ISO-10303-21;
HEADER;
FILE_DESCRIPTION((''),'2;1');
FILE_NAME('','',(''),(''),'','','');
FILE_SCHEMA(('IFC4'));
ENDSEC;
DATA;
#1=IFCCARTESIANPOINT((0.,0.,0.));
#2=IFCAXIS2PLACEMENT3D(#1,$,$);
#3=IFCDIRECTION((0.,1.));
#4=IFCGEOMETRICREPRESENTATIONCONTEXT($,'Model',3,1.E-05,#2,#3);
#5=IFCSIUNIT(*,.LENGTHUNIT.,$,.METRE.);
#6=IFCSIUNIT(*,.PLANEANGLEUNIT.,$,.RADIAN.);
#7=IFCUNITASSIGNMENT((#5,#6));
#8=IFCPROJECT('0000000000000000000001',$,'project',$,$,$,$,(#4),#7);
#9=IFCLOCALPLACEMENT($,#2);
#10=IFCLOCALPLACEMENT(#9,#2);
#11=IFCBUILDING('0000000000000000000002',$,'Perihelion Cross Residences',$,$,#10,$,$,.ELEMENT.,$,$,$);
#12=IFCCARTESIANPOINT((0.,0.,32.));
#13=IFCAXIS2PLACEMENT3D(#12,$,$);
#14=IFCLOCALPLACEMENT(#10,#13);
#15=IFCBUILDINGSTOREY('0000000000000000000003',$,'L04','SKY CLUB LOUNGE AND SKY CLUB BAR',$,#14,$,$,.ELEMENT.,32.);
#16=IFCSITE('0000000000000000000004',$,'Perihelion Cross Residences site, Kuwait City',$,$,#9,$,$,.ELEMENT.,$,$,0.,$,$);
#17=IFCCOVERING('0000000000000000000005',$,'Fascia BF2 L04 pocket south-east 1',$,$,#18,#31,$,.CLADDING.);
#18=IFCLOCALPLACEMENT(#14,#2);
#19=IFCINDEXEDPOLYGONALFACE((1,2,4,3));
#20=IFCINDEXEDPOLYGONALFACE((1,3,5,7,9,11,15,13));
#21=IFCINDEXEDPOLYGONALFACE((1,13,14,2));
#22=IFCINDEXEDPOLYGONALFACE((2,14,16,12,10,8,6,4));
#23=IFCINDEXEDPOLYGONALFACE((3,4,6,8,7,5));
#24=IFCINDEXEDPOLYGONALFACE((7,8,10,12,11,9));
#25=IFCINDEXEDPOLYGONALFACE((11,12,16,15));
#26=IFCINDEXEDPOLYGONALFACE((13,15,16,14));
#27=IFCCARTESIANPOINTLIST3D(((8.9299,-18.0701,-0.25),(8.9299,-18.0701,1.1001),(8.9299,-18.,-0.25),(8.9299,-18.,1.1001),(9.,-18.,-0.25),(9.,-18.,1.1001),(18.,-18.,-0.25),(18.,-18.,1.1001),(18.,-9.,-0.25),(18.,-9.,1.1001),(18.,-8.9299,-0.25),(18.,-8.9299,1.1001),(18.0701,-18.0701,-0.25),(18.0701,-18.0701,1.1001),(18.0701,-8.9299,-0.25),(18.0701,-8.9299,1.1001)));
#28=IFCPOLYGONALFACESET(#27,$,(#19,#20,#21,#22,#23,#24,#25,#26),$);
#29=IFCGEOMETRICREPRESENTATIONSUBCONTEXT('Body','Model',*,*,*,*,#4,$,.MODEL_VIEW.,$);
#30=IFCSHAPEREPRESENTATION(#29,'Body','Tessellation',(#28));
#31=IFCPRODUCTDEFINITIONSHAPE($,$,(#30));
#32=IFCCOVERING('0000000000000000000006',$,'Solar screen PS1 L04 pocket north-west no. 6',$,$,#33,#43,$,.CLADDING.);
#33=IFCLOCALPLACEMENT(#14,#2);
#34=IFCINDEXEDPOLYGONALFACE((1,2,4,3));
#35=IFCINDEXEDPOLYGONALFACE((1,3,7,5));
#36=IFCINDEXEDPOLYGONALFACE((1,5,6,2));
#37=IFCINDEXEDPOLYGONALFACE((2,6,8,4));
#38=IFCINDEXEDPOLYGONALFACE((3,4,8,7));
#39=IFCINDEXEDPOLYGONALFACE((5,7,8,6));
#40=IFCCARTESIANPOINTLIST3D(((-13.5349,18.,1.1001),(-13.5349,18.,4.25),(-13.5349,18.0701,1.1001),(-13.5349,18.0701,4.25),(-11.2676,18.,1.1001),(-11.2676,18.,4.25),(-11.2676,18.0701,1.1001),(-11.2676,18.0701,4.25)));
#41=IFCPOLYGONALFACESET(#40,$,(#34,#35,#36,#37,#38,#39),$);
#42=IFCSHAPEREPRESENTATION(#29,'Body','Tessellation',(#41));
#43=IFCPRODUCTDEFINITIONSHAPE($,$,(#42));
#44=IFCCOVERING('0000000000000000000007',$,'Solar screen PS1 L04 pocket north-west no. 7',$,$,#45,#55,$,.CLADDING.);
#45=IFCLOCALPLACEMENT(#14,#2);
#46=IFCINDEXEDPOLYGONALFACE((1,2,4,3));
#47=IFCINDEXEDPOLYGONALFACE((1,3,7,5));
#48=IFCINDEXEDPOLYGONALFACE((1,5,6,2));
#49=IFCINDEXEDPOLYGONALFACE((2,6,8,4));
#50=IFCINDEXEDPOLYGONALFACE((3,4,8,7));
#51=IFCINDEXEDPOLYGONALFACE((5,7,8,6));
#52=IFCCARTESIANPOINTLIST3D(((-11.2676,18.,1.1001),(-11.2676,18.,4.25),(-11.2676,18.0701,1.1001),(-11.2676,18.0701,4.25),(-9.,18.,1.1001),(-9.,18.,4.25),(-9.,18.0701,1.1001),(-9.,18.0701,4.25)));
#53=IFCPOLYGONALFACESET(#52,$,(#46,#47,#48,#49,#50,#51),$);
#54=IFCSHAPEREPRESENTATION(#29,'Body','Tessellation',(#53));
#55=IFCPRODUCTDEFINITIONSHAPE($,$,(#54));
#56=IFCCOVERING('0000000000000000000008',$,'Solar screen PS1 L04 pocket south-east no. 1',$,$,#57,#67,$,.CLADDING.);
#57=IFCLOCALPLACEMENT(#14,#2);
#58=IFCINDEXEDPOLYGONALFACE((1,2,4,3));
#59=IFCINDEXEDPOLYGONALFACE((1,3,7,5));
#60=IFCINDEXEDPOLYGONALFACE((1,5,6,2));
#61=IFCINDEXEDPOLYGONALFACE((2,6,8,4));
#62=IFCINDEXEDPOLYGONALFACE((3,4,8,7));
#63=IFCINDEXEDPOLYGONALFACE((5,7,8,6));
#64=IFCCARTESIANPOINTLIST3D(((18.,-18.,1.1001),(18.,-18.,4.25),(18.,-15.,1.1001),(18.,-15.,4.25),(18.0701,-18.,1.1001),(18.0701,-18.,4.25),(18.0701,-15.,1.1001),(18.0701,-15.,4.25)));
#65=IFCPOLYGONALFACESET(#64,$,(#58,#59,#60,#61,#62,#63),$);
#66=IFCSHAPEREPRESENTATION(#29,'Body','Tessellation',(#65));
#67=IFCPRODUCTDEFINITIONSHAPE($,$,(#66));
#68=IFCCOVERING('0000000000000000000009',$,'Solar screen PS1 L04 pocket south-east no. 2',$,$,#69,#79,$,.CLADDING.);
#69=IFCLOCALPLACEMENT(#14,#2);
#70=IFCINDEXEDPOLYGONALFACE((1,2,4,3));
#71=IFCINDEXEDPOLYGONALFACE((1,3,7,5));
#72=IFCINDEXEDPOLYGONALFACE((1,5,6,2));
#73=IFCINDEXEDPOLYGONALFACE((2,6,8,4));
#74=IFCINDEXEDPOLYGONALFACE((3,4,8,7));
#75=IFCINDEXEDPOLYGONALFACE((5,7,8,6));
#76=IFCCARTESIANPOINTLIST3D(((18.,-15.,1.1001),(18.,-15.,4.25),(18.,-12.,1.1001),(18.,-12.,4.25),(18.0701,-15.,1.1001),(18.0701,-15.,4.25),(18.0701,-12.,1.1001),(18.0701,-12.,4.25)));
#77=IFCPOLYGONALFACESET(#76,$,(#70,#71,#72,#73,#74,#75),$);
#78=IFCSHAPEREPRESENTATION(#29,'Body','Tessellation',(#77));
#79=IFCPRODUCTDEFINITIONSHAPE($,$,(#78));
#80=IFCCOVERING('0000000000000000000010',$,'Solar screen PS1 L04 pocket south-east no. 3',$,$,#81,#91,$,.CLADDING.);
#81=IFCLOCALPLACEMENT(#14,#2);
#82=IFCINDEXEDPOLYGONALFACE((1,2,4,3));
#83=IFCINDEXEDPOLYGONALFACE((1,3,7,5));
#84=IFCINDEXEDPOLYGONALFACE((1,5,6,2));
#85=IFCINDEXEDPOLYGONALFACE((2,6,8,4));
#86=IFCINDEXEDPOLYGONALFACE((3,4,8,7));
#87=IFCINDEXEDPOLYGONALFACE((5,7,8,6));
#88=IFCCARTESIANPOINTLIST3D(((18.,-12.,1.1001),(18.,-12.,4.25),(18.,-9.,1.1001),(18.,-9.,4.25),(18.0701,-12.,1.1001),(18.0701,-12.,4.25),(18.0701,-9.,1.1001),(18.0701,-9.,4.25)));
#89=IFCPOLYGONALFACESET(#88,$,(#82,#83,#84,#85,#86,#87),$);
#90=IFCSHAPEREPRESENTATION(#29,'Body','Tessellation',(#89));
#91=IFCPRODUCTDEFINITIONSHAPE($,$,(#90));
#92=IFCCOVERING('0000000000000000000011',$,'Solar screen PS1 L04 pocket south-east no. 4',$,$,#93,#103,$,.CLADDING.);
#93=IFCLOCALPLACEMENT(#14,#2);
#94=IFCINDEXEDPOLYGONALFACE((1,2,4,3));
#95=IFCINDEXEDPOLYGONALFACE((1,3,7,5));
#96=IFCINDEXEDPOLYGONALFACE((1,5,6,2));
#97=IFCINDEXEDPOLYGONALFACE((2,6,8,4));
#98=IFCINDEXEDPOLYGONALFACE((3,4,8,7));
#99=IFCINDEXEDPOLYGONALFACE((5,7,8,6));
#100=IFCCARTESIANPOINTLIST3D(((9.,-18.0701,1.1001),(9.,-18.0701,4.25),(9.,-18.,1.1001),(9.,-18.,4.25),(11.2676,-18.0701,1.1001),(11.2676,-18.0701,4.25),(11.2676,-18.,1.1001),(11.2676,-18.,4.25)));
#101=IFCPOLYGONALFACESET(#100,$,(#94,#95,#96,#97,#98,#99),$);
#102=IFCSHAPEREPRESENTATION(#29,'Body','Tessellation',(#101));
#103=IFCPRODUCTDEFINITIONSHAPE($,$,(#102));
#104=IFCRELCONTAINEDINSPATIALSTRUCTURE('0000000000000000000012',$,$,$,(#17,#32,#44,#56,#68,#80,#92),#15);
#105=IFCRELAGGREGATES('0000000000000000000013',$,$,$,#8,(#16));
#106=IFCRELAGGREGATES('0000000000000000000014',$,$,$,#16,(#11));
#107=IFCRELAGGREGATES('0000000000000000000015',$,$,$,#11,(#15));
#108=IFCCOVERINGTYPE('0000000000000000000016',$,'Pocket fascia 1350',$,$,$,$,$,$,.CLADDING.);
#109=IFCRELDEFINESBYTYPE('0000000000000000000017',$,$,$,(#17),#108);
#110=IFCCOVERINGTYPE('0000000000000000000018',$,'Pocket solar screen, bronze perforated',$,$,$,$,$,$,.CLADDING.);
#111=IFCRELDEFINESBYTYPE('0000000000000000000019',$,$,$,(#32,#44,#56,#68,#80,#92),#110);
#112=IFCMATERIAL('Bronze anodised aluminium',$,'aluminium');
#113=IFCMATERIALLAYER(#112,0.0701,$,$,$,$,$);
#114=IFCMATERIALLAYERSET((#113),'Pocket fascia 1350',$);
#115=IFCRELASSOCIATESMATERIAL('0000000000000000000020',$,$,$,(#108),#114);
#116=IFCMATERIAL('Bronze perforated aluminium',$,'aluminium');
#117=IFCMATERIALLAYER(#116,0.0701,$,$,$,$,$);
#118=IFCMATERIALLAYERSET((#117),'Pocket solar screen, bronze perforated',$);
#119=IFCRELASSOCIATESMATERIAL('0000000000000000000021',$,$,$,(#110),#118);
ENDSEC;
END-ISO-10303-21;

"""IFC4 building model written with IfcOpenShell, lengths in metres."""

from ifc_helpers import new_model, si_unit, direction, frame, origin, place, context, subcontext, project, spatial, polyline, outline, extrude, material, layer, layer_set, type_object, element, save


model = new_model("IFC4")

# Units and contexts
model_context = context("Model", 3, precision=1e-05, world=origin(), true_north=direction((0.0, 1.0)))
body_context = subcontext(model_context, "Body", "Model", "MODEL_VIEW")
ifc_project = project(units=[si_unit("LENGTHUNIT", "METRE"), si_unit("PLANEANGLEUNIT", "RADIAN")], contexts=[model_context])

# Site, building, storey
site_placement = place(None, origin())
site = spatial("IfcSite", under=ifc_project, at=site_placement, Name="Perihelion Cross Residences site, Kuwait City", CompositionType="ELEMENT", RefElevation=0.0)
building_placement = place(site_placement, origin())
building = spatial("IfcBuilding", under=site, at=building_placement, Name="Perihelion Cross Residences", CompositionType="ELEMENT")
storey_placement = place(building_placement, frame((0.0, 0.0, 32.0)))
storey = spatial("IfcBuildingStorey", under=building, at=storey_placement, Name="L04", Description="SKY CLUB LOUNGE AND SKY CLUB BAR", CompositionType="ELEMENT", Elevation=32.0)

# Coverings
ifc_material_1 = material(Name="Bronze anodised aluminium", Category="aluminium")
ifc_layer_1 = layer(ifc_material_1, 0.0701)
ifc_layer_set_1 = layer_set([ifc_layer_1], Name="Pocket fascia 1350")
covering_type_1 = type_object("IfcCoveringType", Name="Pocket fascia 1350", PredefinedType="CLADDING", material=ifc_layer_set_1)
covering_1_placement = place(storey_placement, frame((0.0, 0.0, -0.25)))
element("IfcCovering", 1, at=covering_1_placement, inside=storey, type_object=covering_type_1, Name="Fascia BF2 L04 pocket south-east 1", PredefinedType="CLADDING", context=body_context, shape_type="SweptSolid", body=[
    extrude(outline(polyline([(8.9299, -18.0701), (18.0701, -18.0701), (18.0701, -8.9299), (18.0, -8.9299), (18.0, -9.0), (18.0, -9.0), (18.0, -18.0), (9.0, -18.0), (9.0, -18.0), (8.9299, -18.0), (8.9299, -18.0701)])), origin(), (0.0, 0.0, 1.0), 1.3501),
])
ifc_material_2 = material(Name="Bronze perforated aluminium", Category="aluminium")
ifc_layer_2 = layer(ifc_material_2, 0.0701)
ifc_layer_set_2 = layer_set([ifc_layer_2], Name="Pocket solar screen, bronze perforated")
covering_type_2 = type_object("IfcCoveringType", Name="Pocket solar screen, bronze perforated", PredefinedType="CLADDING", material=ifc_layer_set_2)
covering_2_placement = place(storey_placement, frame((0.0, 0.0, 1.1001)))
element("IfcCovering", 2, at=covering_2_placement, inside=storey, type_object=covering_type_2, Name="Solar screen PS1 L04 pocket north-west no. 6", PredefinedType="CLADDING", context=body_context, shape_type="SweptSolid", body=[
    extrude(outline(polyline([(-11.2676, 18.0), (-11.2676, 18.0701), (-13.5349, 18.0701), (-13.5349, 18.0), (-11.2676, 18.0)])), origin(), (0.0, 0.0, 1.0), 3.1499),
])
covering_3_placement = place(storey_placement, frame((0.0, 0.0, 1.1001)))
element("IfcCovering", 3, at=covering_3_placement, inside=storey, type_object=covering_type_2, Name="Solar screen PS1 L04 pocket north-west no. 7", PredefinedType="CLADDING", context=body_context, shape_type="SweptSolid", body=[
    extrude(outline(polyline([(-9.0, 18.0), (-9.0, 18.0701), (-11.2676, 18.0701), (-11.2676, 18.0), (-9.0, 18.0)])), origin(), (0.0, 0.0, 1.0), 3.1499),
])
covering_4_placement = place(storey_placement, frame((0.0, 0.0, 1.1001)))
element("IfcCovering", 4, at=covering_4_placement, inside=storey, type_object=covering_type_2, Name="Solar screen PS1 L04 pocket south-east no. 1", PredefinedType="CLADDING", context=body_context, shape_type="SweptSolid", body=[
    extrude(outline(polyline([(18.0701, -18.0), (18.0701, -15.0), (18.0, -15.0), (18.0, -18.0), (18.0701, -18.0)])), origin(), (0.0, 0.0, 1.0), 3.1499),
])
covering_5_placement = place(storey_placement, frame((0.0, 0.0, 1.1001)))
element("IfcCovering", 5, at=covering_5_placement, inside=storey, type_object=covering_type_2, Name="Solar screen PS1 L04 pocket south-east no. 2", PredefinedType="CLADDING", context=body_context, shape_type="SweptSolid", body=[
    extrude(outline(polyline([(18.0701, -15.0), (18.0701, -12.0), (18.0, -12.0), (18.0, -15.0), (18.0701, -15.0)])), origin(), (0.0, 0.0, 1.0), 3.1499),
])
covering_6_placement = place(storey_placement, frame((0.0, 0.0, 1.1001)))
element("IfcCovering", 6, at=covering_6_placement, inside=storey, type_object=covering_type_2, Name="Solar screen PS1 L04 pocket south-east no. 3", PredefinedType="CLADDING", context=body_context, shape_type="SweptSolid", body=[
    extrude(outline(polyline([(18.0701, -12.0), (18.0701, -9.0), (18.0, -9.0), (18.0, -12.0), (18.0701, -12.0)])), origin(), (0.0, 0.0, 1.0), 3.1499),
])
covering_7_placement = place(storey_placement, frame((0.0, 0.0, 1.1001)))
element("IfcCovering", 7, at=covering_7_placement, inside=storey, type_object=covering_type_2, Name="Solar screen PS1 L04 pocket south-east no. 4", PredefinedType="CLADDING", context=body_context, shape_type="SweptSolid", body=[
    extrude(outline(polyline([(11.2676, -18.0701), (11.2676, -18.0), (9.0, -18.0), (9.0, -18.0701), (11.2676, -18.0701)])), origin(), (0.0, 0.0, 1.0), 3.1499),
])

save(model, "model.ifc")
